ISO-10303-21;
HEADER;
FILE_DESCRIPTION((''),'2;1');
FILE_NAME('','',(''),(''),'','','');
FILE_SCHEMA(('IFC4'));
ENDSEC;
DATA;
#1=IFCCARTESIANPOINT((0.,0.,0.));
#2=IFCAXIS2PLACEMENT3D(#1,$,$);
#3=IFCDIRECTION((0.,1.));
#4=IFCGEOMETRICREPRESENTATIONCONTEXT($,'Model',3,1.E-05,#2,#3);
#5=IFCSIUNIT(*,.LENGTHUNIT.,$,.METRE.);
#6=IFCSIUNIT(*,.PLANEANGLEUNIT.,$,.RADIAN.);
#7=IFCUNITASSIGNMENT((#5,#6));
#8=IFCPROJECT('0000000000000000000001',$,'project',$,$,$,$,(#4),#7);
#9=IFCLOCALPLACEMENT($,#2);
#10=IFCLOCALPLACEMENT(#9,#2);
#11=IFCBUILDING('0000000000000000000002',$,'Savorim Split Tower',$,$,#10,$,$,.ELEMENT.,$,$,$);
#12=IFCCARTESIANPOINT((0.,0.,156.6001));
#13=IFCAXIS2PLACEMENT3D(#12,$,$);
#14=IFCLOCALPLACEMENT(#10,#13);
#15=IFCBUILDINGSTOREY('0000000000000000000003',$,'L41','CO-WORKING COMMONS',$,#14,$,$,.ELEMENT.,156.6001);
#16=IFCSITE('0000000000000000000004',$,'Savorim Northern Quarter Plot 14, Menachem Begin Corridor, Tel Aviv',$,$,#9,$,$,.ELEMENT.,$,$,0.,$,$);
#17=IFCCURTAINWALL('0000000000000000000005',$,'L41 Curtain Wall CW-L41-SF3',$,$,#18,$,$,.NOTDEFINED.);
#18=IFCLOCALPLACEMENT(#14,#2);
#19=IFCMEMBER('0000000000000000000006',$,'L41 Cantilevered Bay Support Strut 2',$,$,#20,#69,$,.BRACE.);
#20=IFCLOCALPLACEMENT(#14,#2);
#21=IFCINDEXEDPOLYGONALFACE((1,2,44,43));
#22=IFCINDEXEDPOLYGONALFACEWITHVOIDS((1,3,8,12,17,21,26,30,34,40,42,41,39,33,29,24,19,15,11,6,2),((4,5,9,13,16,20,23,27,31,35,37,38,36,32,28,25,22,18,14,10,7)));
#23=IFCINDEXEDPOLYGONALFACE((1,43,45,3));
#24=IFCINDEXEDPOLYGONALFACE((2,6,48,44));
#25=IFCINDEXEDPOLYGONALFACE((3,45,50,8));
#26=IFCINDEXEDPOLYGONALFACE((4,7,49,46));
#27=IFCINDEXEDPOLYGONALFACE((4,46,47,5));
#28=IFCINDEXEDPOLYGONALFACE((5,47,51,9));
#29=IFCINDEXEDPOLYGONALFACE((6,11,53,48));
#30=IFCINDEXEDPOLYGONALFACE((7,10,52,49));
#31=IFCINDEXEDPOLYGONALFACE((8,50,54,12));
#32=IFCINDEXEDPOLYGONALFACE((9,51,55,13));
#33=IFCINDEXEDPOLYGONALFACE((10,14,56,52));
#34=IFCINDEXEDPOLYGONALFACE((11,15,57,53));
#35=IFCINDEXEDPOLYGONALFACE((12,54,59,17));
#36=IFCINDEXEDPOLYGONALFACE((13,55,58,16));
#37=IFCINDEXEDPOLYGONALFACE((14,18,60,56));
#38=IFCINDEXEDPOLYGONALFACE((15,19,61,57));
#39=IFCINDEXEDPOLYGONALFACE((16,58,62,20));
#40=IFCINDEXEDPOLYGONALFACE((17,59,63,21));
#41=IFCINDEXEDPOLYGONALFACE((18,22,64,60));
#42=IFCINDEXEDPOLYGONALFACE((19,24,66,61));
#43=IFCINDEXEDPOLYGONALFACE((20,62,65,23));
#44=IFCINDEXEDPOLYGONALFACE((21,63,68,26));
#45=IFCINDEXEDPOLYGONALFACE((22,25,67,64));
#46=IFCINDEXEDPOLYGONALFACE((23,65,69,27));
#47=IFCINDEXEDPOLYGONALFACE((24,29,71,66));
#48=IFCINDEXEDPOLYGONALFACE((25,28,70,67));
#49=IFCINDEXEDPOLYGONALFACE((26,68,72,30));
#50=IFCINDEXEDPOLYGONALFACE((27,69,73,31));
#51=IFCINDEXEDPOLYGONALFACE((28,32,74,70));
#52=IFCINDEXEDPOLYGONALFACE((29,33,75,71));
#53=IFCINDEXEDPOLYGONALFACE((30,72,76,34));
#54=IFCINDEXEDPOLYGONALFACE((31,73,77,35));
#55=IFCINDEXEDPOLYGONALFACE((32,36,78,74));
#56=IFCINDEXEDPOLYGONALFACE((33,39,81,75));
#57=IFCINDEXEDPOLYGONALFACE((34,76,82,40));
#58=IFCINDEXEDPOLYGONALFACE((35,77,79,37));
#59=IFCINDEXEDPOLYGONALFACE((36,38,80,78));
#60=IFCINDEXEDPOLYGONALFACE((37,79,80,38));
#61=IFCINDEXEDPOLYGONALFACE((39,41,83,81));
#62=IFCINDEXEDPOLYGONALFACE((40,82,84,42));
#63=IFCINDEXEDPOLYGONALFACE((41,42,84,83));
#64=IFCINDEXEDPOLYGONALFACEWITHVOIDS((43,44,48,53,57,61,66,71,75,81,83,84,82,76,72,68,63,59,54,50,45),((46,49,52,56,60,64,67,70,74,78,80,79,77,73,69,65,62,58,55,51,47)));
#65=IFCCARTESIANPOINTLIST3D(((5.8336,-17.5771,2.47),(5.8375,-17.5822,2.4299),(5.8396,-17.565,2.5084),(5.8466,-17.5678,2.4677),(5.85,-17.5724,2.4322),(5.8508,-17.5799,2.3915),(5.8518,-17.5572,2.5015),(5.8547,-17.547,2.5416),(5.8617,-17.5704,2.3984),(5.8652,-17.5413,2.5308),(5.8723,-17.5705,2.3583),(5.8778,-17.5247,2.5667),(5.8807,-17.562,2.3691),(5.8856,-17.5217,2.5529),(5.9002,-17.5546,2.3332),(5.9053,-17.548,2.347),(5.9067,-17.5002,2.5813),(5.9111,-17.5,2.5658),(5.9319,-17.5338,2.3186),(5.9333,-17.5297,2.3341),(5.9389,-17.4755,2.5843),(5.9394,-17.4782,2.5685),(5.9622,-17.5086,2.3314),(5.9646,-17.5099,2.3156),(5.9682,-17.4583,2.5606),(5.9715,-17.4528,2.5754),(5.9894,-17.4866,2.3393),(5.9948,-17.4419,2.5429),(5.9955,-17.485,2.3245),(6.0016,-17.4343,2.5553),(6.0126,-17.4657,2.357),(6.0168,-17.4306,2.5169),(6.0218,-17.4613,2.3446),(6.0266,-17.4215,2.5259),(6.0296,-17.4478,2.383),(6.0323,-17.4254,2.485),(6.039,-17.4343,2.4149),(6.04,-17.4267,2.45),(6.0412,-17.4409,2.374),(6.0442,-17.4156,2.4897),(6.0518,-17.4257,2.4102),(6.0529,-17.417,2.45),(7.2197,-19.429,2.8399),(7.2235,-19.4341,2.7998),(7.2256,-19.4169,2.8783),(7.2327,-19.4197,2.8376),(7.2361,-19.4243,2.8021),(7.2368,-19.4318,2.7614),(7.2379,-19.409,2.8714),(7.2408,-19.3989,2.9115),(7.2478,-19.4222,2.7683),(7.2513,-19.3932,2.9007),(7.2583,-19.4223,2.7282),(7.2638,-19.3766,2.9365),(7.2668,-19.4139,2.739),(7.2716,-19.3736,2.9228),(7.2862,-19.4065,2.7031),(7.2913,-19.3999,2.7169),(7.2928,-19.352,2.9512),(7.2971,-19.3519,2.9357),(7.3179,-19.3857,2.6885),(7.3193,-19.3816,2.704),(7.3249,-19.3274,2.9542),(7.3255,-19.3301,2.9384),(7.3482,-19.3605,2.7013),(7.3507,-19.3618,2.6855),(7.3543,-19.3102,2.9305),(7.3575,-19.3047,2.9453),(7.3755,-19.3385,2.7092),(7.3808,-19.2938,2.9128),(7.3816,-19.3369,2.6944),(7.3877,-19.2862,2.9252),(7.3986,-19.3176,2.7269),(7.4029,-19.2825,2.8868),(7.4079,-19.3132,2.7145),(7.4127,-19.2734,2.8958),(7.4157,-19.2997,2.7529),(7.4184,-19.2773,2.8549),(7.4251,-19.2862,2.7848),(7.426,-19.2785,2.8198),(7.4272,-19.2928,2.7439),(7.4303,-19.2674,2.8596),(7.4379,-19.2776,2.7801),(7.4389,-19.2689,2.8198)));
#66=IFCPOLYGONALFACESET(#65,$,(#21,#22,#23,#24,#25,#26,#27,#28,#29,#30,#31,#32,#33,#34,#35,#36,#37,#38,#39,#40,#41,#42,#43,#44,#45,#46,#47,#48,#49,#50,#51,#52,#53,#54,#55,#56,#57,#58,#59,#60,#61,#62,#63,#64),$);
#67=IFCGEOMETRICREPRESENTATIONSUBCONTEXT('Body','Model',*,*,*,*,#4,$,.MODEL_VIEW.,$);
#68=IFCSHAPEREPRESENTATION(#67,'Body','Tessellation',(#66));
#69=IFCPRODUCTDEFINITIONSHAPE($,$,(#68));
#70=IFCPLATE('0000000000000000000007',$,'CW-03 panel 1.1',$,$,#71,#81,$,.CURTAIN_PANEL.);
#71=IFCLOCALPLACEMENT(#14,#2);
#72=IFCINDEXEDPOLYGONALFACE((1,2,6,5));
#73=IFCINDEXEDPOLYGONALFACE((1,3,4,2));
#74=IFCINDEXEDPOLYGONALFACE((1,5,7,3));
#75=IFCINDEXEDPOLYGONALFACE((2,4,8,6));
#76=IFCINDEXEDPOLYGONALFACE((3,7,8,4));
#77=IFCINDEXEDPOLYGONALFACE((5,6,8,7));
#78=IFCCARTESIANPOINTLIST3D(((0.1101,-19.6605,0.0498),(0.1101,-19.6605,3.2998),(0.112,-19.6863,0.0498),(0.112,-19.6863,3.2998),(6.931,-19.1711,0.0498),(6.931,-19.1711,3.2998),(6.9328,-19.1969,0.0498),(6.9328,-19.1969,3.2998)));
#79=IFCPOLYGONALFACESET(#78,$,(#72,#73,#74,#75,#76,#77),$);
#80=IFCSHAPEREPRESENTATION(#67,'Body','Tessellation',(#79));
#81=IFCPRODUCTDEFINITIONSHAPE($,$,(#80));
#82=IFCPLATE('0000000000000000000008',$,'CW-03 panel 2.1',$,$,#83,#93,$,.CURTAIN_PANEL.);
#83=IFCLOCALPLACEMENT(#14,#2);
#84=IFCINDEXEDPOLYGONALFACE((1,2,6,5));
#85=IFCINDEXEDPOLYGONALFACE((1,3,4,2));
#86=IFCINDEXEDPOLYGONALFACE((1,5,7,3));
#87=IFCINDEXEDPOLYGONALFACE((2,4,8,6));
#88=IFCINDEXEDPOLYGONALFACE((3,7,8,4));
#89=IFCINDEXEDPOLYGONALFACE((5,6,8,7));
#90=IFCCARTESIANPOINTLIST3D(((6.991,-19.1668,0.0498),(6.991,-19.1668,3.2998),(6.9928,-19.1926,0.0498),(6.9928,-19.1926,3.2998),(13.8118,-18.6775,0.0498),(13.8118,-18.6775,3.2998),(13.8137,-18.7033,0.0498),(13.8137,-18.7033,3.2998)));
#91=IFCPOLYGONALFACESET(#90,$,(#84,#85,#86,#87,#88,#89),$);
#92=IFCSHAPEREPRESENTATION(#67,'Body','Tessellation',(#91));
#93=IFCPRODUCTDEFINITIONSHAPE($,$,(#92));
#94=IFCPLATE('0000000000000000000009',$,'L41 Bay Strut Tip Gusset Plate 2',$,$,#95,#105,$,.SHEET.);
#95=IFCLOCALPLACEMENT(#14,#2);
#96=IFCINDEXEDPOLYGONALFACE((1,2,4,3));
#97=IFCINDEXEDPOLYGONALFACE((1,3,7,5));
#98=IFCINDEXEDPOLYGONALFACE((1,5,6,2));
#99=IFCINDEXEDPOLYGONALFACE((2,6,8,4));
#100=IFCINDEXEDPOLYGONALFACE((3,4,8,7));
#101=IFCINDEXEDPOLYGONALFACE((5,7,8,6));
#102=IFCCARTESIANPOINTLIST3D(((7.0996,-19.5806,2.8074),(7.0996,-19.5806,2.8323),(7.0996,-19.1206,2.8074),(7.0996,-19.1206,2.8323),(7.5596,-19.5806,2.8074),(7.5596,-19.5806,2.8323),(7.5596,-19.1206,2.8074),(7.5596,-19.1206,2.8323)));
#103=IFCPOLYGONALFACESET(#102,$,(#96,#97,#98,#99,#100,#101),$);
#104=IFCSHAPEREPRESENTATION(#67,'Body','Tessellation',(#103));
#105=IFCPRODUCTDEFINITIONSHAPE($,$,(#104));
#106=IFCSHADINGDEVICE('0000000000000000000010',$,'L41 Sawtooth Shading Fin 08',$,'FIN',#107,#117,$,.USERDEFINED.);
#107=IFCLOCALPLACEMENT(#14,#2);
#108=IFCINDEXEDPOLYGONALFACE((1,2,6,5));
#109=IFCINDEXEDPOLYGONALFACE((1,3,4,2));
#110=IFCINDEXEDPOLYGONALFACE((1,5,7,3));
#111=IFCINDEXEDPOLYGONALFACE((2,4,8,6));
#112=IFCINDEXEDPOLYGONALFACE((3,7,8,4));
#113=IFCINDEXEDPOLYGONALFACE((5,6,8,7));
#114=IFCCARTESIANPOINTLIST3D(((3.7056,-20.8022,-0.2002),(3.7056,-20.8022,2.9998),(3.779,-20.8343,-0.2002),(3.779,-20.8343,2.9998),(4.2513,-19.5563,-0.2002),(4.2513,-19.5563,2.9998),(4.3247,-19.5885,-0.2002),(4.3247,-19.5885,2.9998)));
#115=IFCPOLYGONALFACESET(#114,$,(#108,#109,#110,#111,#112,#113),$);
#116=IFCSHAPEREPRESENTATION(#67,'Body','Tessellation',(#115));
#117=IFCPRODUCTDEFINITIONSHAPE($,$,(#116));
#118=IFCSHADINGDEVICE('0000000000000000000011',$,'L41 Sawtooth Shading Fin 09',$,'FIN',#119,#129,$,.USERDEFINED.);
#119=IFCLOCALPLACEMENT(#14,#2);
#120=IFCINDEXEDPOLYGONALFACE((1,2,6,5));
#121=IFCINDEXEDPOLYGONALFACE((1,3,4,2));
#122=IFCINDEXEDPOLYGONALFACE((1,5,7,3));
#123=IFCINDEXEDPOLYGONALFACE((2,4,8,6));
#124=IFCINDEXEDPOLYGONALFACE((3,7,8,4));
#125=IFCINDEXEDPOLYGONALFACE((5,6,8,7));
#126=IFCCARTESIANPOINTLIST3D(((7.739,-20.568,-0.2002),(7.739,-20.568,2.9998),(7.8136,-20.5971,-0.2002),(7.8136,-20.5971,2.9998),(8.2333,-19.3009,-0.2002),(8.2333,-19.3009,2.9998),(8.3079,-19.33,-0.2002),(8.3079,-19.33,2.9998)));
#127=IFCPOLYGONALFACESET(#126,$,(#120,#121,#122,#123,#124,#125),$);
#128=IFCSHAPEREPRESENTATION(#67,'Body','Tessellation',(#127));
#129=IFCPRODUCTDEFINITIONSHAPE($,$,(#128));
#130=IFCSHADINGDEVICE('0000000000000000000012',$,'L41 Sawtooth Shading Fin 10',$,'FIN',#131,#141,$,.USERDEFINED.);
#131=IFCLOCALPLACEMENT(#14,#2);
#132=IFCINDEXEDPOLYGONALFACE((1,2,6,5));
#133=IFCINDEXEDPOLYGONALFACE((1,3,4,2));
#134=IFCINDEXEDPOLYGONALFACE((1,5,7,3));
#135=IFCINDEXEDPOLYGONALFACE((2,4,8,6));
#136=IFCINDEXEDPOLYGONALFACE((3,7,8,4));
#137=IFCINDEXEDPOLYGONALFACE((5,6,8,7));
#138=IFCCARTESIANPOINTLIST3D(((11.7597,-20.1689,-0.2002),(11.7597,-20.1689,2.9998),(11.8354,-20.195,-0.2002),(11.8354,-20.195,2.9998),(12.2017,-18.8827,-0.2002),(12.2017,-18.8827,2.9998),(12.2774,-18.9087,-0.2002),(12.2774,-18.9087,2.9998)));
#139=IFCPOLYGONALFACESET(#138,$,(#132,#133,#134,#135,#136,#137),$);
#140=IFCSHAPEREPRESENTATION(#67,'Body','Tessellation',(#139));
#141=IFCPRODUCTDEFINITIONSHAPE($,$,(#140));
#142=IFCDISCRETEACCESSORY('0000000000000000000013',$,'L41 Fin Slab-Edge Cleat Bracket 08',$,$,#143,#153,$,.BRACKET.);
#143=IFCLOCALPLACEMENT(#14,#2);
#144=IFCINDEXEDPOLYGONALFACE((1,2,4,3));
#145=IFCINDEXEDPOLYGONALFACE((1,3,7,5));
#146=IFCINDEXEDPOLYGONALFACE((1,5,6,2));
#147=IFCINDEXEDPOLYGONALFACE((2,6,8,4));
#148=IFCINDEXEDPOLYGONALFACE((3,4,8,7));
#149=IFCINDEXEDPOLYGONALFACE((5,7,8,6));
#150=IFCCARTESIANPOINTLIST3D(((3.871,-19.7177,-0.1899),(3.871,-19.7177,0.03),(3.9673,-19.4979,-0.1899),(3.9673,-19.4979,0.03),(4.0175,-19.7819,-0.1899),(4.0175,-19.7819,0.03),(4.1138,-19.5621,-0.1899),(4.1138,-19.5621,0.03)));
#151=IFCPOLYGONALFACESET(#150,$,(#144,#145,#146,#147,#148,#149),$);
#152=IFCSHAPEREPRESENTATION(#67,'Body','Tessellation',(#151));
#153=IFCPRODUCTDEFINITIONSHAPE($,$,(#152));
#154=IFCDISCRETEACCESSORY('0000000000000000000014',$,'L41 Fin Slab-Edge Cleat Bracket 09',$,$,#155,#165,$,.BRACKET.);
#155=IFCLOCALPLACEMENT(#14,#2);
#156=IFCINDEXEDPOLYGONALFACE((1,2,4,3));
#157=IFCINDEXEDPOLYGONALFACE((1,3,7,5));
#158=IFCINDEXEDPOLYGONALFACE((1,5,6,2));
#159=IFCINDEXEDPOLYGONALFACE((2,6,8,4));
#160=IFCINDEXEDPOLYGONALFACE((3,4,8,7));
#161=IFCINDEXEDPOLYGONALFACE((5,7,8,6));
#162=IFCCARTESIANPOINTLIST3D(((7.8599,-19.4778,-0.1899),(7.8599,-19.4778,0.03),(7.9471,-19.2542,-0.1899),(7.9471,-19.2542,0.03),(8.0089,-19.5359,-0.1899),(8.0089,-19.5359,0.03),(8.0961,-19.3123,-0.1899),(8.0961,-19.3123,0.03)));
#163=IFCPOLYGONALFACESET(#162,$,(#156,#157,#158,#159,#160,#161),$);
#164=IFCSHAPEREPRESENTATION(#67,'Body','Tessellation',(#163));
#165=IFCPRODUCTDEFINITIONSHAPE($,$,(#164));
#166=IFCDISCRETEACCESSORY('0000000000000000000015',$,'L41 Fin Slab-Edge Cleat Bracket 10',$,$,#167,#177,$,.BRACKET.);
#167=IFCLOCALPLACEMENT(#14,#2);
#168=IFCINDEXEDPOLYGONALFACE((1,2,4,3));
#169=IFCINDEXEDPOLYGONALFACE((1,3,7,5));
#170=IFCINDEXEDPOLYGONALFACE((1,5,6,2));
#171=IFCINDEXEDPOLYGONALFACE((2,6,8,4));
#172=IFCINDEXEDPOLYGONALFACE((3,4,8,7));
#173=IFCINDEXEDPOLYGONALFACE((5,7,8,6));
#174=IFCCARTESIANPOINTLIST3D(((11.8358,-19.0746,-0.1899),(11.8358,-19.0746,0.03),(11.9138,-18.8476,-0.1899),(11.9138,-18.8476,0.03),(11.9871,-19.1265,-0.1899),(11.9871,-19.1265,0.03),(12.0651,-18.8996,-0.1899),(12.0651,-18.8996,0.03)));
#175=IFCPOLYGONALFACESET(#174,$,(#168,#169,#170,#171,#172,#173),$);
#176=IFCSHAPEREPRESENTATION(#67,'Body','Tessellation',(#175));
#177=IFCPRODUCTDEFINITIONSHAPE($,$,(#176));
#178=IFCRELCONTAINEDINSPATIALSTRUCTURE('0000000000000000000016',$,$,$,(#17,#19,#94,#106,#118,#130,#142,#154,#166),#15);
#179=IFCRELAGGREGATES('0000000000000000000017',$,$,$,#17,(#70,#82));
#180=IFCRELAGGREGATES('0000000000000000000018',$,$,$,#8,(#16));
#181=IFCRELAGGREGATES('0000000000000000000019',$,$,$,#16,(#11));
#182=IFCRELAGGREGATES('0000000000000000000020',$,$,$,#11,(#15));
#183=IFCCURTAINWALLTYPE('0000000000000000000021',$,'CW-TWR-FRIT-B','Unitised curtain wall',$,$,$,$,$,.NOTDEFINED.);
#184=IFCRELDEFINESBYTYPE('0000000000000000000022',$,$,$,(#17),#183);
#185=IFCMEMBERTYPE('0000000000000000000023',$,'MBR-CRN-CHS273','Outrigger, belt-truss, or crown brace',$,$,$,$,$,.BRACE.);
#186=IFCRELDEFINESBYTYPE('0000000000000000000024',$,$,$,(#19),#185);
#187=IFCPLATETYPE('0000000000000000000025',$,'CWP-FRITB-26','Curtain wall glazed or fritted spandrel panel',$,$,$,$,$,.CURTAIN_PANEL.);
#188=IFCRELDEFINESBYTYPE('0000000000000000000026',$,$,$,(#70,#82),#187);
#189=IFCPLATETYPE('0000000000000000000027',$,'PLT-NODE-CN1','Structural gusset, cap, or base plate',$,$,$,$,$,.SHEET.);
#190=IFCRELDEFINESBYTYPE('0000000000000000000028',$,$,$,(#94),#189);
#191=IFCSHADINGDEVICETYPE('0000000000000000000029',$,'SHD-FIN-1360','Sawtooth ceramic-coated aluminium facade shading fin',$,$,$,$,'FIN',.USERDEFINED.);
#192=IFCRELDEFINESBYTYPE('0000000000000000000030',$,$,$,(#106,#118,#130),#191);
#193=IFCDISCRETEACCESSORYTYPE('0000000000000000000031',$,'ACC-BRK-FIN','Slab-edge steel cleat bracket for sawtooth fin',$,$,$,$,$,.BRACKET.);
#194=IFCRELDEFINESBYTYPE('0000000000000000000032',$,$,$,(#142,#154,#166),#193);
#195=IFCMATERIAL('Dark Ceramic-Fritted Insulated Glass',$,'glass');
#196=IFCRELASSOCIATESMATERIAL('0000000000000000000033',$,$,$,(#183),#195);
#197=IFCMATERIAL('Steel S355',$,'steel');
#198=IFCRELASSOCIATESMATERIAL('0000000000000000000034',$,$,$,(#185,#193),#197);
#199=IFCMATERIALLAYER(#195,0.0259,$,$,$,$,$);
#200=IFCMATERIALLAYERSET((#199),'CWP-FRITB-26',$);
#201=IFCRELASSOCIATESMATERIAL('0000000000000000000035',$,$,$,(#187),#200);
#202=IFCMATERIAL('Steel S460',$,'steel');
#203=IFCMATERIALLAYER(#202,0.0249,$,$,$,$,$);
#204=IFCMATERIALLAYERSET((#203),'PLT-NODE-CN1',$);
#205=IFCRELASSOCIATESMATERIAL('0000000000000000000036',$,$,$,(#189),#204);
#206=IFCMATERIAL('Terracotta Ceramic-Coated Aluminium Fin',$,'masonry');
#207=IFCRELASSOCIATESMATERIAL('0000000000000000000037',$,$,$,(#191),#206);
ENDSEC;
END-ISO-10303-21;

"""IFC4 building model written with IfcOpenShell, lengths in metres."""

from ifc_helpers import new_model, si_unit, direction, frame, origin, origin_2d, place, context, subcontext, project, spatial, rectangle, hollow_circle, extrude, material, layer, layer_set, material_profile, profile_set, type_object, element, aggregate, save


model = new_model("IFC4")

# Units and contexts
model_context = context("Model", 3, precision=1e-05, world=origin(), true_north=direction((0.0, 1.0)))
body_context = subcontext(model_context, "Body", "Model", "MODEL_VIEW")
ifc_project = project(units=[si_unit("LENGTHUNIT", "METRE"), si_unit("PLANEANGLEUNIT", "RADIAN")], contexts=[model_context])

# Site, building, storey
site_placement = place(None, origin())
site = spatial("IfcSite", under=ifc_project, at=site_placement, Name="Savorim Northern Quarter Plot 14, Menachem Begin Corridor, Tel Aviv", CompositionType="ELEMENT", RefElevation=0.0)
building_placement = place(site_placement, origin())
building = spatial("IfcBuilding", under=site, at=building_placement, Name="Savorim Split Tower", CompositionType="ELEMENT")
storey_placement = place(building_placement, frame((0.0, 0.0, 156.6001)))
storey = spatial("IfcBuildingStorey", under=building, at=storey_placement, Name="L41", Description="CO-WORKING COMMONS", CompositionType="ELEMENT", Elevation=156.6001)

# Shared definitions
ifc_material_1 = material(Name="Steel S460", Category="steel")

# Curtain wall
ifc_material_2 = material(Name="Dark Ceramic-Fritted Insulated Glass", Category="glass")
curtain_wall_type = type_object("IfcCurtainWallType", Name="CW-TWR-FRIT-B", Description="Unitised curtain wall", PredefinedType="NOTDEFINED", material=ifc_material_2)
curtain_wall_placement = place(storey_placement, origin())
curtain_wall = element("IfcCurtainWall", 1, at=curtain_wall_placement, inside=storey, type_object=curtain_wall_type, Name="L41 Curtain Wall CW-L41-SF3", PredefinedType="NOTDEFINED")

# Member
ifc_material_3 = material(Name="Steel S355", Category="steel")
ifc_material_profile_1 = material_profile(ifc_material_3, hollow_circle(Radius=0.1365, WallThickness=0.0161, at=origin_2d()), Name="CHS 273x16")
ifc_profile_set_1 = profile_set([ifc_material_profile_1], Name="Steel S355")
member_type_1 = type_object("IfcMemberType", Name="MBR-CRN-CHS273", Description="Outrigger, belt-truss, or crown brace", PredefinedType="BRACE", material=ifc_profile_set_1)
member_1_placement = place(storey_placement, frame((5.9436, -17.4988, 2.45), z_axis=(0.591689, -0.790551, 0.157902), x_axis=(0.800595, 0.599206, 0.0)))
element("IfcMember", 2, at=member_1_placement, inside=storey, type_object=member_type_1, Name="L41 Cantilevered Bay Support Strut 2", PredefinedType="BRACE", context=body_context, shape_type="SweptSolid", body=[
    extrude(hollow_circle(Radius=0.1365, WallThickness=0.0161, at=origin_2d()), origin(), (0.0, 0.0, 1.0), 2.3425),
])

# Plates
ifc_layer_1 = layer(ifc_material_2, 0.0259)
ifc_layer_set_1 = layer_set([ifc_layer_1], Name="CWP-FRITB-26")
plate_type_1 = type_object("IfcPlateType", Name="CWP-FRITB-26", Description="Curtain wall glazed or fritted spandrel panel", PredefinedType="CURTAIN_PANEL", material=ifc_layer_set_1)
plate_1_placement = place(storey_placement, frame((3.5215, -19.4287, 0.0498), z_axis=(0.0, 0.0, 1.0), x_axis=(0.997436, 0.071561, 0.0)))
plate_1 = element("IfcPlate", 3, at=plate_1_placement, type_object=plate_type_1, Name="CW-03 panel 1.1", PredefinedType="CURTAIN_PANEL", context=body_context, shape_type="SweptSolid", body=[
    extrude(rectangle(XDim=6.8384, YDim=0.0259, at=origin_2d()), origin(), (0.0, 0.0, 1.0), 3.25),
])
plate_2_placement = place(storey_placement, frame((10.4023, -18.9351, 0.0498), z_axis=(0.0, 0.0, 1.0), x_axis=(0.997436, 0.071561, 0.0)))
plate_2 = element("IfcPlate", 4, at=plate_2_placement, type_object=plate_type_1, Name="CW-03 panel 2.1", PredefinedType="CURTAIN_PANEL", context=body_context, shape_type="SweptSolid", body=[
    extrude(rectangle(XDim=6.8384, YDim=0.0259, at=origin_2d()), origin(), (0.0, 0.0, 1.0), 3.25),
])
aggregate(curtain_wall, [plate_1, plate_2])
ifc_layer_2 = layer(ifc_material_1, 0.0249)
ifc_layer_set_2 = layer_set([ifc_layer_2], Name="PLT-NODE-CN1")
plate_type_2 = type_object("IfcPlateType", Name="PLT-NODE-CN1", Description="Structural gusset, cap, or base plate", PredefinedType="SHEET", material=ifc_layer_set_2)
plate_3_placement = place(storey_placement, frame((7.3296, -19.3506, 2.8074), z_axis=(0.0, 0.0, 1.0), x_axis=(1.0, 0.0, 0.0)))
element("IfcPlate", 5, at=plate_3_placement, inside=storey, type_object=plate_type_2, Name="L41 Bay Strut Tip Gusset Plate 2", PredefinedType="SHEET", context=body_context, shape_type="SweptSolid", body=[
    extrude(rectangle(XDim=0.46, YDim=0.46, at=origin_2d()), origin(), (0.0, 0.0, 1.0), 0.0249),
])

# Shading devices
ifc_material_4 = material(Name="Terracotta Ceramic-Coated Aluminium Fin", Category="masonry")
shading_device_type = type_object("IfcShadingDeviceType", Name="SHD-FIN-1360", Description="Sawtooth ceramic-coated aluminium facade shading fin", ElementType="FIN", PredefinedType="USERDEFINED", material=ifc_material_4)
for number, where, z_axis, x_axis, name in (
    (6, (4.0151, -20.1953, -0.2002), (0.0, 0.0, 1.0), (-0.40123, -0.915977, 0.0), "L41 Sawtooth Shading Fin 08"),
    (7, (8.0234, -19.949, -0.2002), (0.0, 0.0, 1.0), (-0.363415, -0.931627, 0.0), "L41 Sawtooth Shading Fin 09"),
    (8, (12.0186, -19.5388, -0.2002), (0.0, 0.0, 1.0), (-0.324994, -0.945716, 0.0), "L41 Sawtooth Shading Fin 10"),
):
    element("IfcShadingDevice", number, at=place(storey_placement, frame(where, z_axis=z_axis, x_axis=x_axis)), inside=storey, type_object=shading_device_type, Name=name, ObjectType="FIN", PredefinedType="USERDEFINED", context=body_context, shape_type="SweptSolid", body=[
        extrude(rectangle(XDim=1.3601, YDim=0.0801, at=origin_2d()), origin(), (0.0, 0.0, 1.0), 3.2),
    ])

# Discrete accessories
discrete_accessory_type = type_object("IfcDiscreteAccessoryType", Name="ACC-BRK-FIN", Description="Slab-edge steel cleat bracket for sawtooth fin", PredefinedType="BRACKET", material=ifc_material_3)
for number, where, z_axis, x_axis, name in (
    (9, (3.9924, -19.6399, -0.1899), (0.0, 0.0, 1.0), (-0.40123, -0.915977, 0.0), "L41 Fin Slab-Edge Cleat Bracket 08"),
    (10, (7.978, -19.395, -0.1899), (0.0, 0.0, 1.0), (-0.363415, -0.931627, 0.0), "L41 Fin Slab-Edge Cleat Bracket 09"),
    (11, (11.9504, -18.9871, -0.1899), (0.0, 0.0, 1.0), (-0.324994, -0.945716, 0.0), "L41 Fin Slab-Edge Cleat Bracket 10"),
):
    element("IfcDiscreteAccessory", number, at=place(storey_placement, frame(where, z_axis=z_axis, x_axis=x_axis)), inside=storey, type_object=discrete_accessory_type, Name=name, PredefinedType="BRACKET", context=body_context, shape_type="SweptSolid", body=[
        extrude(rectangle(XDim=0.24, YDim=0.1599, at=origin_2d()), origin(), (0.0, 0.0, 1.0), 0.22),
    ])

save(model, "model.ifc")
